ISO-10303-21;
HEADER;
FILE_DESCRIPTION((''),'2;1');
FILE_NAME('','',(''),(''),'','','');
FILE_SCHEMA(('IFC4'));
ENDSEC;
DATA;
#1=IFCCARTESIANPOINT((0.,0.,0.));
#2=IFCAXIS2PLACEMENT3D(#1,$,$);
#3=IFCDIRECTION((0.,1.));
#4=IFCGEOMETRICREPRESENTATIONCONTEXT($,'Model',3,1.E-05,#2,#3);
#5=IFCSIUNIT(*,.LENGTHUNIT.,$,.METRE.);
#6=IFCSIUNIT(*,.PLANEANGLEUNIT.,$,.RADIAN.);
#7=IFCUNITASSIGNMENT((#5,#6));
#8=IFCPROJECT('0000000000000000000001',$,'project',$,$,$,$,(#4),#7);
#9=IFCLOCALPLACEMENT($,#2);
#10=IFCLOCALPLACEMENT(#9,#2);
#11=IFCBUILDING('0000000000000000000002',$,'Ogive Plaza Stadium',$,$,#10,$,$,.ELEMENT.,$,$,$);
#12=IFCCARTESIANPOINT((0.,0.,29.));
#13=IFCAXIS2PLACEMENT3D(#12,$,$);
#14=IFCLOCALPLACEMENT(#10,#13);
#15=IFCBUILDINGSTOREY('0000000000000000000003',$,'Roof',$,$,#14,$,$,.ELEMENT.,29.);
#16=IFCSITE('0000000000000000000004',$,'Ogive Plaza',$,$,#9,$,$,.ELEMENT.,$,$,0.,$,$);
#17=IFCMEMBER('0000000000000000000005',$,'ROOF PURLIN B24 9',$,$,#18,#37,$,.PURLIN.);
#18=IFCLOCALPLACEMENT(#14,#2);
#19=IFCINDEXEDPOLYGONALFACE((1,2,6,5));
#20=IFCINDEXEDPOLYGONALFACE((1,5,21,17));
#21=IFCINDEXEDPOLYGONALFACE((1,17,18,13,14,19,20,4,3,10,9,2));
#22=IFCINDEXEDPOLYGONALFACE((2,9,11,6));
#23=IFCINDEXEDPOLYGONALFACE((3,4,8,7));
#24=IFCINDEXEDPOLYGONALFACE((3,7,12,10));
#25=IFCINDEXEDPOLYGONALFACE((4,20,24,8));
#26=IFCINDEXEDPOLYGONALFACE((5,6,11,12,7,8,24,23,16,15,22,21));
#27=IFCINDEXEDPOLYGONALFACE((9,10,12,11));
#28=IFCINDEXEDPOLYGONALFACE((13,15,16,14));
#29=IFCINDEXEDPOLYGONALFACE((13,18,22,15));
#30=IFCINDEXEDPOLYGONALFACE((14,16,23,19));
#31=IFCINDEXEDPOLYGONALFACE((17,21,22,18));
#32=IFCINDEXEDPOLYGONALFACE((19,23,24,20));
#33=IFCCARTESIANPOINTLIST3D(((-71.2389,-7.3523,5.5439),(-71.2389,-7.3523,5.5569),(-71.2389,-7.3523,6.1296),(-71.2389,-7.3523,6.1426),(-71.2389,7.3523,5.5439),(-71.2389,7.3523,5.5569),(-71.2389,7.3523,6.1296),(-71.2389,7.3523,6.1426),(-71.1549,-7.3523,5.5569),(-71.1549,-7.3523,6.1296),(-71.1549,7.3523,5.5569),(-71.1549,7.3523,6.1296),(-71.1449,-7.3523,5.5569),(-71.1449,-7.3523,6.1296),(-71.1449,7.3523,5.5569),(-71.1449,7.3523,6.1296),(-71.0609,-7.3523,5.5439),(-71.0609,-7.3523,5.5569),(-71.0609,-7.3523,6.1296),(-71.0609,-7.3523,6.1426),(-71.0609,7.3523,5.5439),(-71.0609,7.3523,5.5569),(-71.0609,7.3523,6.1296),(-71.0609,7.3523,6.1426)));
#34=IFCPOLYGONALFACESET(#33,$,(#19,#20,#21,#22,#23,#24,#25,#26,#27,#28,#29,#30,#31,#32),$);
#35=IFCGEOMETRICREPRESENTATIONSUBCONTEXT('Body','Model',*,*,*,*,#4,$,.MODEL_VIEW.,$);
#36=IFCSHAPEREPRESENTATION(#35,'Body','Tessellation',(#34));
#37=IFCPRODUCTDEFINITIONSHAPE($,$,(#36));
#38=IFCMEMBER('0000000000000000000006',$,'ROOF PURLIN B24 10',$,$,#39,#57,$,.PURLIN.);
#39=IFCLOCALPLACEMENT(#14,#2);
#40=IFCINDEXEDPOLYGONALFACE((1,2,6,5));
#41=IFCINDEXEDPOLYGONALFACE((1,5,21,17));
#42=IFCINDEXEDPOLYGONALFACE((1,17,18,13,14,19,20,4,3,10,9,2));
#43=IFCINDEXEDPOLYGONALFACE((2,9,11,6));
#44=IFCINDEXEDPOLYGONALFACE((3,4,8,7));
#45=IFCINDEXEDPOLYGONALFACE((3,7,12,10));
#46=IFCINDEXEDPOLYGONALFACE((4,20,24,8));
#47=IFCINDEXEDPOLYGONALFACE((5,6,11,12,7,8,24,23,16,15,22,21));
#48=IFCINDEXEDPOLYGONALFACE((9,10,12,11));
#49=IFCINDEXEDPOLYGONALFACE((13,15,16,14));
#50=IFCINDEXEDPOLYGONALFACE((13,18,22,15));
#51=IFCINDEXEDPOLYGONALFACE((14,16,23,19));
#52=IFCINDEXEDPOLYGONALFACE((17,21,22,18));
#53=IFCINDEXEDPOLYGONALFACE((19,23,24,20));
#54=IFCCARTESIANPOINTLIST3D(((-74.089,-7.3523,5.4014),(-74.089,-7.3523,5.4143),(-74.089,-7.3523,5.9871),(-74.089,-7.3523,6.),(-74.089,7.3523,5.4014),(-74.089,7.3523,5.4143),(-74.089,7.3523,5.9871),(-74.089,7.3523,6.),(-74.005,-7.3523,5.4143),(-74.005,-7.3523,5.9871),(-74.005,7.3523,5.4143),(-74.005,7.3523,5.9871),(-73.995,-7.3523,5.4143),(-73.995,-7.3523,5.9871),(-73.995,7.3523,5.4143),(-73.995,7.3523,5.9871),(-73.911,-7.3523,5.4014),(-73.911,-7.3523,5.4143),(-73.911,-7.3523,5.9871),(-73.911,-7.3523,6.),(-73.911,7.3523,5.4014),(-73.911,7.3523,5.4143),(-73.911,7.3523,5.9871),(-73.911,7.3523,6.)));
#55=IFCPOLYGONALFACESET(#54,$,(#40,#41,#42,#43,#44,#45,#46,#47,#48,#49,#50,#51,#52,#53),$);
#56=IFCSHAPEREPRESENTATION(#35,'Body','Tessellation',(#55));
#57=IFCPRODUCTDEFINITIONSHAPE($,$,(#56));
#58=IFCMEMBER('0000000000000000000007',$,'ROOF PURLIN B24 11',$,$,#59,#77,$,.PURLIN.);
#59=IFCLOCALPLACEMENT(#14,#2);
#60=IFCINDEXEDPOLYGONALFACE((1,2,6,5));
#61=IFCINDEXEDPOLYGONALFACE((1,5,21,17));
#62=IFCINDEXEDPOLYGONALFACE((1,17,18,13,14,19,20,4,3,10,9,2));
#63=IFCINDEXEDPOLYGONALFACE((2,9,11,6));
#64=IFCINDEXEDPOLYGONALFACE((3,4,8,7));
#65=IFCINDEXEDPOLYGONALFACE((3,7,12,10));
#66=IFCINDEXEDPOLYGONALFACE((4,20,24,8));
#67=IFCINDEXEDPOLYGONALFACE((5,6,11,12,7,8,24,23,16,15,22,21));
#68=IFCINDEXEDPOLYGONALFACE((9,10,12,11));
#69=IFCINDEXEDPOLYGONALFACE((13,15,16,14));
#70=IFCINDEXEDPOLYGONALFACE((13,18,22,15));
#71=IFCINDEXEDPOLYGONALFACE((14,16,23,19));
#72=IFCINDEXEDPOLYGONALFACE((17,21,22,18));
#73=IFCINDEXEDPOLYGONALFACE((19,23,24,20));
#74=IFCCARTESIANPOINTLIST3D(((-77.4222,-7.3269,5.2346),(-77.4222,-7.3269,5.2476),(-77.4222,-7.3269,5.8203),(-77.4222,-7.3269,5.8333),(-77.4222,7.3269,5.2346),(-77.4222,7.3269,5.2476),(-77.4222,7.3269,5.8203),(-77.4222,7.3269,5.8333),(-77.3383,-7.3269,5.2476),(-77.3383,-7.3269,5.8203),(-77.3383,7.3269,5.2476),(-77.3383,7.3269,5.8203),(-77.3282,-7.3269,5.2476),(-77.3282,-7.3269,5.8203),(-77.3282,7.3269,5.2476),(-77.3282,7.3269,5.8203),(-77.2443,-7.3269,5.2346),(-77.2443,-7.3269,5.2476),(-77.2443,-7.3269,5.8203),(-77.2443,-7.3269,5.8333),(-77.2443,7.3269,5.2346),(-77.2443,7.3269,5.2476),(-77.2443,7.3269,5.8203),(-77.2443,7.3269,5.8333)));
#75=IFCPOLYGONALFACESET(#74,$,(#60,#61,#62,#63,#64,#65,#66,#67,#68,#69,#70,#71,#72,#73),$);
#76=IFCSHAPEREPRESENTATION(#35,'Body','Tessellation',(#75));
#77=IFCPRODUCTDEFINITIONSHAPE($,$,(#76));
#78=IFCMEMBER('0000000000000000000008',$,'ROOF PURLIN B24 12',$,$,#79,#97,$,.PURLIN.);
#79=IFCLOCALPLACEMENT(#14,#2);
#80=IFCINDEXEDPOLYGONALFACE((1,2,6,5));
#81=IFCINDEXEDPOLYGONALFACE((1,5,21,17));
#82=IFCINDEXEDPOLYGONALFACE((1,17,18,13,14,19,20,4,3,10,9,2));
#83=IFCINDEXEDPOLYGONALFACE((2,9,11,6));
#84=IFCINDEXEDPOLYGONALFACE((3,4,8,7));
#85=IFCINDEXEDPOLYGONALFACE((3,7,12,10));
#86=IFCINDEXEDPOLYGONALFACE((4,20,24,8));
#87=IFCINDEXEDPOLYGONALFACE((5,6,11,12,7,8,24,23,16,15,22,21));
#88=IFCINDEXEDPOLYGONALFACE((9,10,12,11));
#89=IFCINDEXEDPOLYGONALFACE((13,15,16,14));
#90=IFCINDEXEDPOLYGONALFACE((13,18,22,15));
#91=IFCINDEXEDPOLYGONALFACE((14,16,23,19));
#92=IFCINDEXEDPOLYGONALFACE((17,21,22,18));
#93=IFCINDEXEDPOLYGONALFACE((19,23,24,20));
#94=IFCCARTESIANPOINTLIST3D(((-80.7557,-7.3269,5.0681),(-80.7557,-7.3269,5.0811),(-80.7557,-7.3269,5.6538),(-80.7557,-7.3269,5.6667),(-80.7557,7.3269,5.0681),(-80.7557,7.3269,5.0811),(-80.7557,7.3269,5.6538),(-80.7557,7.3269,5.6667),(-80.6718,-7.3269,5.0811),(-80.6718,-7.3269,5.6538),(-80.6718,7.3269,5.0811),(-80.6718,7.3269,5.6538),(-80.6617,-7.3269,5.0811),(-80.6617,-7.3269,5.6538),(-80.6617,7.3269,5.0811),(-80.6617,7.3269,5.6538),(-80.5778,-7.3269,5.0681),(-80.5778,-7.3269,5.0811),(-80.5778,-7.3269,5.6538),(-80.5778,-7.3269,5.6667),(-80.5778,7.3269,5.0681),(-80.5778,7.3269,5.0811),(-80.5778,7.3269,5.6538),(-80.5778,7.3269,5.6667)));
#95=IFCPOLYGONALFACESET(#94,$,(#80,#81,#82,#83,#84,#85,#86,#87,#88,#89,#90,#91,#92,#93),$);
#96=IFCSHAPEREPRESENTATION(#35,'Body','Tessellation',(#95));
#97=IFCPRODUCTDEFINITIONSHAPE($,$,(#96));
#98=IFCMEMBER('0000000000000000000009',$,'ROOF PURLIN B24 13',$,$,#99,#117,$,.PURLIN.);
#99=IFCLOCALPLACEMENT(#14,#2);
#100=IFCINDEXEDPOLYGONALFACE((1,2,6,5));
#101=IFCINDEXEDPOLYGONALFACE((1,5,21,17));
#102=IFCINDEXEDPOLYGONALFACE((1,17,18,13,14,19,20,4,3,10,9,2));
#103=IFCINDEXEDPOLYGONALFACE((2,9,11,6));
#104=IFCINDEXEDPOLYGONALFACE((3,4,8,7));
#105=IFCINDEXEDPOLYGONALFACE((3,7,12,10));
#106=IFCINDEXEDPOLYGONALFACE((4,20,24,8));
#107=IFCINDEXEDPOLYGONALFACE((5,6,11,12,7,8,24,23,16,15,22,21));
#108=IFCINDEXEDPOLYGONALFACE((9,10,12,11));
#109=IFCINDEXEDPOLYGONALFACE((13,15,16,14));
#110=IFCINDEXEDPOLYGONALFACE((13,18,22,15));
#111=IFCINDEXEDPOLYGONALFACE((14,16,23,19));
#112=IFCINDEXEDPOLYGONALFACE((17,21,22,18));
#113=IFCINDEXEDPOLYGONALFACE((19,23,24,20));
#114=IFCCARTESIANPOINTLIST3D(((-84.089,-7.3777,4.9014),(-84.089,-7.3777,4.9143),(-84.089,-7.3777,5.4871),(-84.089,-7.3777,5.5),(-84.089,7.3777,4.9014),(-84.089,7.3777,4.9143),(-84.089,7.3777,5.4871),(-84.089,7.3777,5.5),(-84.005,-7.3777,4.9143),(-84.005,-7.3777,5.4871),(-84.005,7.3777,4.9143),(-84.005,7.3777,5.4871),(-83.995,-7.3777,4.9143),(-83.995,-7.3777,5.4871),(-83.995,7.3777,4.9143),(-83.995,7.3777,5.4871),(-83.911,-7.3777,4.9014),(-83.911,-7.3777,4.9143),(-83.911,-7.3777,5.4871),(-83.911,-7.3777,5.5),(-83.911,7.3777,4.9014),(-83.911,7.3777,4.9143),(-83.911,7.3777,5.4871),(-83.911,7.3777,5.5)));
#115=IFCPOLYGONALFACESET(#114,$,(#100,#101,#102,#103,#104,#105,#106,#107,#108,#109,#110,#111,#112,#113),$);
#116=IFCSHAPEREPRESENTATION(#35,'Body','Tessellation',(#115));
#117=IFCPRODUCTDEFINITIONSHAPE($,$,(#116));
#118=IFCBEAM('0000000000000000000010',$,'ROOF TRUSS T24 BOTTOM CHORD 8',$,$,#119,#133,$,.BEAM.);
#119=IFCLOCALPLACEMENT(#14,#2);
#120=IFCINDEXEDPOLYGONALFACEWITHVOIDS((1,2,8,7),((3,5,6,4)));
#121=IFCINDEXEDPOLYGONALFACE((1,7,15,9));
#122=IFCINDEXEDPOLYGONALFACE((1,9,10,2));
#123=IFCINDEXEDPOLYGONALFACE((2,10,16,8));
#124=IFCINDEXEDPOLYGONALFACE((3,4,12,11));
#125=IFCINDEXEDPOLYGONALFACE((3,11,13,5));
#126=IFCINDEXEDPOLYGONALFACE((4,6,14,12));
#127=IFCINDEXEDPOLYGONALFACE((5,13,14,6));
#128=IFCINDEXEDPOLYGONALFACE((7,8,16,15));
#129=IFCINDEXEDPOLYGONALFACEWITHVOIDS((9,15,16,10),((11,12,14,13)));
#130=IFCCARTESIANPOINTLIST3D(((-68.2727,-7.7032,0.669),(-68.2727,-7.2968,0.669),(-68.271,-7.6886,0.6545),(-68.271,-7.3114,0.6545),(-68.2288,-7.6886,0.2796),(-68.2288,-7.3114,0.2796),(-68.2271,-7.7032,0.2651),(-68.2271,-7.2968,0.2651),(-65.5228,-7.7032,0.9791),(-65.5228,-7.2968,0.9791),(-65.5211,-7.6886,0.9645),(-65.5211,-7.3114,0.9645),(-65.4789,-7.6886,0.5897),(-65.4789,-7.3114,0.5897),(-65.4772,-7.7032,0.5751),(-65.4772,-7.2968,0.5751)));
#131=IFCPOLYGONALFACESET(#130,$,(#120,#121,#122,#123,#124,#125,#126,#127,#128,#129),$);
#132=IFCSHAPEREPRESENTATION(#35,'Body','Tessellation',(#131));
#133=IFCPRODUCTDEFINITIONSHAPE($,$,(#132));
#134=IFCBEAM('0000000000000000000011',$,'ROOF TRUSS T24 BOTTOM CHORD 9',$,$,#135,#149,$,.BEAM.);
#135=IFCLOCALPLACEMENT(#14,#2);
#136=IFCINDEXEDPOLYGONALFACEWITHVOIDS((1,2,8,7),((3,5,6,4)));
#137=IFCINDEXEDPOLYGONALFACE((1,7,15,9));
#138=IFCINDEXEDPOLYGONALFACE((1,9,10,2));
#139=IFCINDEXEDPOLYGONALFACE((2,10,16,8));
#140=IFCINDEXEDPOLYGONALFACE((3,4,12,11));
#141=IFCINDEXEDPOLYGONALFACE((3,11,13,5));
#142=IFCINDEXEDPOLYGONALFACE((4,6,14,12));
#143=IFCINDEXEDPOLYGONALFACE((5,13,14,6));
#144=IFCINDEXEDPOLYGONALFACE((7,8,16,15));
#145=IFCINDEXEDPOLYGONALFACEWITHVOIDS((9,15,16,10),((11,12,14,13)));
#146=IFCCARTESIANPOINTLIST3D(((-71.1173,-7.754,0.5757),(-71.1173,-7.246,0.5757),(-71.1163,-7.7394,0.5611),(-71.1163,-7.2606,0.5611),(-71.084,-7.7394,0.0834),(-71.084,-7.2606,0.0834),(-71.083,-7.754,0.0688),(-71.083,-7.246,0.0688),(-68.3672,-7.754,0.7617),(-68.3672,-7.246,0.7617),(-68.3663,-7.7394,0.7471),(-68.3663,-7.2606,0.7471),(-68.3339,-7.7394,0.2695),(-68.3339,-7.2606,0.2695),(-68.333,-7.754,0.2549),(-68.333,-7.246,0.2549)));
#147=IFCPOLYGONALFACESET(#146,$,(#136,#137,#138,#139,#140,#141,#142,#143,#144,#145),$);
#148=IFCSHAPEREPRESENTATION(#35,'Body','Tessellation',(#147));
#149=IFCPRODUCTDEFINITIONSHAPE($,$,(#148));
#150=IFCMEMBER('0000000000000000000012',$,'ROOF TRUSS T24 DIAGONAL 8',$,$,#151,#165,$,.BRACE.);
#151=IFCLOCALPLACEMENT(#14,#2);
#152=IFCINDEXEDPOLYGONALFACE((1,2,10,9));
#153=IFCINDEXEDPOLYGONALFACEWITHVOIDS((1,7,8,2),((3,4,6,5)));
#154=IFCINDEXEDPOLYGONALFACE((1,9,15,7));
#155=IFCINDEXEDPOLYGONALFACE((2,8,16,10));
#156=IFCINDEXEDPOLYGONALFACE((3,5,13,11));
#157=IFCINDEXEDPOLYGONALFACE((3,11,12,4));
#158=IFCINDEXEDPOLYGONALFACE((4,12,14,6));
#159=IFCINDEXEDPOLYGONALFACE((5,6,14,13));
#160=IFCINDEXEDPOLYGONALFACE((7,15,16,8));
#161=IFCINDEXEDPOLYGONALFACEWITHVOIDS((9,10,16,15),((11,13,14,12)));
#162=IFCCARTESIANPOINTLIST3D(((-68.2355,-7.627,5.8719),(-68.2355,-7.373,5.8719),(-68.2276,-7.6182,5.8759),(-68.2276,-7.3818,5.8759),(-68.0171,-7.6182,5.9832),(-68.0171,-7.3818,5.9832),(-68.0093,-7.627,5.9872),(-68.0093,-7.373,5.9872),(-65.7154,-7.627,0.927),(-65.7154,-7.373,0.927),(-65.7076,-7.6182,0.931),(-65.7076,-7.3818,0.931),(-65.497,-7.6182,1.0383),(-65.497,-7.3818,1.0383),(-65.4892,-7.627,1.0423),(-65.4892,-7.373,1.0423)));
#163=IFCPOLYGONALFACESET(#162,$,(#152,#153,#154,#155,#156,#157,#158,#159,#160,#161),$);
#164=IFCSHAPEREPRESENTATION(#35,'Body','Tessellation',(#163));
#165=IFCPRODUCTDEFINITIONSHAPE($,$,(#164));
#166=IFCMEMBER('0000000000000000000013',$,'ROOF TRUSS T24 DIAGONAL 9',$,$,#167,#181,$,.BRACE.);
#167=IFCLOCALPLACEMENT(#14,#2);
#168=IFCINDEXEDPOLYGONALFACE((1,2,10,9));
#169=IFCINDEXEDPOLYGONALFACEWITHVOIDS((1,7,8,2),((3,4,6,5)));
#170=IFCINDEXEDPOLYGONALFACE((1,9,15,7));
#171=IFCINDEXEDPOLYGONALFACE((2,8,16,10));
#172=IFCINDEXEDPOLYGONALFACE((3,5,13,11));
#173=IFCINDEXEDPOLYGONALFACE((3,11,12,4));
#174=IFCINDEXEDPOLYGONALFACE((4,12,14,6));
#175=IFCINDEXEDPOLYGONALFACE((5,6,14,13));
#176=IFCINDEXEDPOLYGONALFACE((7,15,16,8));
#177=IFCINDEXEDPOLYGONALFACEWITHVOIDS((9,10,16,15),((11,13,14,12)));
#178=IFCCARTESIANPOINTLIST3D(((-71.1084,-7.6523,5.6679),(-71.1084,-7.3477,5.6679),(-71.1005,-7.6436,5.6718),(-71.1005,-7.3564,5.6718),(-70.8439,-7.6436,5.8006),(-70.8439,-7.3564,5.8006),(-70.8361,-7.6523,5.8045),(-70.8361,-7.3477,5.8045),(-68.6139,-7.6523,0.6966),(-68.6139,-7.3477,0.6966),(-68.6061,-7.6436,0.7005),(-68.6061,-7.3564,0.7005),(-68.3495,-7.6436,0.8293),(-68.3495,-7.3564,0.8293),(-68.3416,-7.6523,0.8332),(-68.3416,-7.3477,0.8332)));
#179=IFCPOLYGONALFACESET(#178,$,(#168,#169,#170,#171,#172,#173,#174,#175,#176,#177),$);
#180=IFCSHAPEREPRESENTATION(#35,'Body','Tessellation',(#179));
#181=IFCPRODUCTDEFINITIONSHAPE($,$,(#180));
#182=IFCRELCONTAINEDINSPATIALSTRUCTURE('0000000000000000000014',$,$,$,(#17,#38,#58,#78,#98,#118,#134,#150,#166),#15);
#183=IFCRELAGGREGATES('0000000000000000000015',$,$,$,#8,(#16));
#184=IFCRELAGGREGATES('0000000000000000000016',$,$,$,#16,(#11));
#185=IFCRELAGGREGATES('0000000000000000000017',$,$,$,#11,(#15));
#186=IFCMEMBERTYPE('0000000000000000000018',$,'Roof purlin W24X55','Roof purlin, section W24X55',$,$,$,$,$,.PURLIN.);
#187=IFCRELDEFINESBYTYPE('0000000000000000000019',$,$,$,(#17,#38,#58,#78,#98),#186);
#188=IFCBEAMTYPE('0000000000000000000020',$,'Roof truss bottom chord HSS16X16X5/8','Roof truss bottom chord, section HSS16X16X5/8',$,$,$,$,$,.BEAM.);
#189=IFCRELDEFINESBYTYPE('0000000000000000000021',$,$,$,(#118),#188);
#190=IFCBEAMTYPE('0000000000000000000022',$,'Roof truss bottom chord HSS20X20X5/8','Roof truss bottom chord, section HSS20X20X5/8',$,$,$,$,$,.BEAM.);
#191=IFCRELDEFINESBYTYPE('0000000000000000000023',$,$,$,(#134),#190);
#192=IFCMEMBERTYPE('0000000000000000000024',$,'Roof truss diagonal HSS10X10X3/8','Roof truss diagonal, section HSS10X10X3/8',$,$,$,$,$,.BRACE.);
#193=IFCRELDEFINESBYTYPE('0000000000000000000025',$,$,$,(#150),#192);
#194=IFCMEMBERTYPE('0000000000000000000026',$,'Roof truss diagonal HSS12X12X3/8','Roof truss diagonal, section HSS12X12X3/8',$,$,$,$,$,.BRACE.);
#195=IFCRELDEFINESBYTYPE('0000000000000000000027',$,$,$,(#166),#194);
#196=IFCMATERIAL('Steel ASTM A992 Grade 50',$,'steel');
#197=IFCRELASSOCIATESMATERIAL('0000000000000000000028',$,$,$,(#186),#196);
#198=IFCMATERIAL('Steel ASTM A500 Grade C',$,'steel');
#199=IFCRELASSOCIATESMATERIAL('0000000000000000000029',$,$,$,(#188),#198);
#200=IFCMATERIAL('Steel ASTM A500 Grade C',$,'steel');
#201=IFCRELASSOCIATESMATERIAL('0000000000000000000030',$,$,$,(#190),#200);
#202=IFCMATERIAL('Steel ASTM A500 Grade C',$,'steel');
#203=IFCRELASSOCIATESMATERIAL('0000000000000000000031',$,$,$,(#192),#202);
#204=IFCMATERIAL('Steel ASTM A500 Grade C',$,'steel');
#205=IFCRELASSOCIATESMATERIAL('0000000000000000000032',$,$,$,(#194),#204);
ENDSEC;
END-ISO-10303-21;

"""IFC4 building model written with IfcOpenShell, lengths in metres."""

from ifc_helpers import new_model, si_unit, direction, frame, origin, origin_2d, place, context, subcontext, project, spatial, hollow_rectangle, i_section, extrude, material, material_profile, profile_set, type_object, element, save


model = new_model("IFC4")

# Units and contexts
model_context = context("Model", 3, precision=1e-05, world=origin(), true_north=direction((0.0, 1.0)))
body_context = subcontext(model_context, "Body", "Model", "MODEL_VIEW")
ifc_project = project(units=[si_unit("LENGTHUNIT", "METRE"), si_unit("PLANEANGLEUNIT", "RADIAN")], contexts=[model_context])

# Site, building, storey
site_placement = place(None, origin())
site = spatial("IfcSite", under=ifc_project, at=site_placement, Name="Ogive Plaza", CompositionType="ELEMENT", RefElevation=0.0)
building_placement = place(site_placement, origin())
building = spatial("IfcBuilding", under=site, at=building_placement, Name="Ogive Plaza Stadium", CompositionType="ELEMENT")
storey_placement = place(building_placement, frame((0.0, 0.0, 29.0)))
storey = spatial("IfcBuildingStorey", under=building, at=storey_placement, Name="Roof", CompositionType="ELEMENT", Elevation=29.0)

# Members
ifc_material_1 = material(Name="Steel ASTM A992 Grade 50", Category="steel")
ifc_material_profile_1 = material_profile(ifc_material_1, i_section(OverallWidth=0.178, OverallDepth=0.5986, WebThickness=0.01, FlangeThickness=0.0129, at=origin_2d()), Name="W24X55")
ifc_profile_set_1 = profile_set([ifc_material_profile_1], Name="Steel ASTM A992 Grade 50")
member_type_1 = type_object("IfcMemberType", Name="Roof purlin W24X55", Description="Roof purlin, section W24X55", PredefinedType="PURLIN", material=ifc_profile_set_1)
for number, where, z_axis, x_axis, name in (
    (1, (-71.1499, -7.3523, 5.8433), (0.0, 1.0, 0.0), (-1.0, 0.0, 0.0), "ROOF PURLIN B24 9"),
    (2, (-74.0, -7.3523, 5.7007), (0.0, 1.0, 0.0), (-1.0, 0.0, 0.0), "ROOF PURLIN B24 10"),
):
    element("IfcMember", number, at=place(storey_placement, frame(where, z_axis=z_axis, x_axis=x_axis)), inside=storey, type_object=member_type_1, Name=name, PredefinedType="PURLIN", context=body_context, shape_type="SweptSolid", body=[
        extrude(i_section(OverallWidth=0.178, OverallDepth=0.5986, WebThickness=0.01, FlangeThickness=0.0129, at=origin_2d()), origin(), (0.0, 0.0, 1.0), 14.7046),
    ])
for number, where, z_axis, x_axis, name in (
    (3, (-77.3333, -7.3269, 5.5339), (0.0, 1.0, 0.0), (-1.0, 0.0, 0.0), "ROOF PURLIN B24 11"),
    (4, (-80.6667, -7.3269, 5.3674), (0.0, 1.0, 0.0), (-1.0, 0.0, 0.0), "ROOF PURLIN B24 12"),
):
    element("IfcMember", number, at=place(storey_placement, frame(where, z_axis=z_axis, x_axis=x_axis)), inside=storey, type_object=member_type_1, Name=name, PredefinedType="PURLIN", context=body_context, shape_type="SweptSolid", body=[
        extrude(i_section(OverallWidth=0.178, OverallDepth=0.5986, WebThickness=0.01, FlangeThickness=0.0129, at=origin_2d()), origin(), (0.0, 0.0, 1.0), 14.6538),
    ])
member_1_placement = place(storey_placement, frame((-84.0, -7.3777, 5.2007), z_axis=(0.0, 1.0, 0.0), x_axis=(-1.0, 0.0, 0.0)))
element("IfcMember", 5, at=member_1_placement, inside=storey, type_object=member_type_1, Name="ROOF PURLIN B24 13", PredefinedType="PURLIN", context=body_context, shape_type="SweptSolid", body=[
    extrude(i_section(OverallWidth=0.178, OverallDepth=0.5986, WebThickness=0.01, FlangeThickness=0.0129, at=origin_2d()), origin(), (0.0, 0.0, 1.0), 14.7554),
])

# Beams
ifc_material_2 = material(Name="Steel ASTM A500 Grade C", Category="steel")
ifc_material_profile_2 = material_profile(ifc_material_2, hollow_rectangle(XDim=0.4065, YDim=0.4065, WallThickness=0.0146, at=origin_2d()), Name="HSS16X16X5/8")
ifc_profile_set_2 = profile_set([ifc_material_profile_2], Name="Steel ASTM A500 Grade C")
beam_type_1 = type_object("IfcBeamType", Name="Roof truss bottom chord HSS16X16X5/8", Description="Roof truss bottom chord, section HSS16X16X5/8", PredefinedType="BEAM", material=ifc_profile_set_2)
beam_1_placement = place(storey_placement, frame((-65.5, -7.5, 0.7771), z_axis=(-0.993704, 0.0, -0.112039), x_axis=(0.0, -1.0, 0.0)))
element("IfcBeam", 6, at=beam_1_placement, inside=storey, type_object=beam_type_1, Name="ROOF TRUSS T24 BOTTOM CHORD 8", PredefinedType="BEAM", context=body_context, shape_type="SweptSolid", body=[
    extrude(hollow_rectangle(XDim=0.4065, YDim=0.4065, WallThickness=0.0146, at=origin_2d()), origin(), (0.0, 0.0, 1.0), 2.7673),
])
ifc_material_3 = material(Name="Steel ASTM A500 Grade C", Category="steel")
ifc_material_profile_3 = material_profile(ifc_material_3, hollow_rectangle(XDim=0.5081, YDim=0.5081, WallThickness=0.0146, at=origin_2d()), Name="HSS20X20X5/8")
ifc_profile_set_3 = profile_set([ifc_material_profile_3], Name="Steel ASTM A500 Grade C")
beam_type_2 = type_object("IfcBeamType", Name="Roof truss bottom chord HSS20X20X5/8", Description="Roof truss bottom chord, section HSS20X20X5/8", PredefinedType="BEAM", material=ifc_profile_set_3)
beam_2_placement = place(storey_placement, frame((-68.3501, -7.5, 0.5083), z_axis=(-0.99772, 0.0, -0.067495), x_axis=(0.0, -1.0, 0.0)))
element("IfcBeam", 7, at=beam_2_placement, inside=storey, type_object=beam_type_2, Name="ROOF TRUSS T24 BOTTOM CHORD 9", PredefinedType="BEAM", context=body_context, shape_type="SweptSolid", body=[
    extrude(hollow_rectangle(XDim=0.5081, YDim=0.5081, WallThickness=0.0146, at=origin_2d()), origin(), (0.0, 0.0, 1.0), 2.7563),
])

# Members
ifc_material_4 = material(Name="Steel ASTM A500 Grade C", Category="steel")
ifc_material_profile_4 = material_profile(ifc_material_4, hollow_rectangle(XDim=0.2539, YDim=0.2539, WallThickness=0.0088, at=origin_2d()), Name="HSS10X10X3/8")
ifc_profile_set_4 = profile_set([ifc_material_profile_4], Name="Steel ASTM A500 Grade C")
member_type_2 = type_object("IfcMemberType", Name="Roof truss diagonal HSS10X10X3/8", Description="Roof truss diagonal, section HSS10X10X3/8", PredefinedType="BRACE", material=ifc_profile_set_4)
member_2_placement = place(storey_placement, frame((-65.6023, -7.5, 0.9846), z_axis=(-0.454063, 0.0, 0.89097), x_axis=(0.0, -1.0, 0.0)))
element("IfcMember", 8, at=member_2_placement, inside=storey, type_object=member_type_2, Name="ROOF TRUSS T24 DIAGONAL 8", PredefinedType="BRACE", context=body_context, shape_type="SweptSolid", body=[
    extrude(hollow_rectangle(XDim=0.2539, YDim=0.2539, WallThickness=0.0088, at=origin_2d()), origin(), (0.0, 0.0, 1.0), 5.55),
])
ifc_material_5 = material(Name="Steel ASTM A500 Grade C", Category="steel")
ifc_material_profile_5 = material_profile(ifc_material_5, hollow_rectangle(XDim=0.3047, YDim=0.3047, WallThickness=0.0088, at=origin_2d()), Name="HSS12X12X3/8")
ifc_profile_set_5 = profile_set([ifc_material_profile_5], Name="Steel ASTM A500 Grade C")
member_type_3 = type_object("IfcMemberType", Name="Roof truss diagonal HSS12X12X3/8", Description="Roof truss diagonal, section HSS12X12X3/8", PredefinedType="BRACE", material=ifc_profile_set_5)
member_3_placement = place(storey_placement, frame((-68.4778, -7.5, 0.7649), z_axis=(-0.448477, 0.0, 0.893794), x_axis=(0.0, -1.0, 0.0)))
element("IfcMember", 9, at=member_3_placement, inside=storey, type_object=member_type_3, Name="ROOF TRUSS T24 DIAGONAL 9", PredefinedType="BRACE", context=body_context, shape_type="SweptSolid", body=[
    extrude(hollow_rectangle(XDim=0.3047, YDim=0.3047, WallThickness=0.0088, at=origin_2d()), origin(), (0.0, 0.0, 1.0), 5.562),
])

save(model, "model.ifc")
